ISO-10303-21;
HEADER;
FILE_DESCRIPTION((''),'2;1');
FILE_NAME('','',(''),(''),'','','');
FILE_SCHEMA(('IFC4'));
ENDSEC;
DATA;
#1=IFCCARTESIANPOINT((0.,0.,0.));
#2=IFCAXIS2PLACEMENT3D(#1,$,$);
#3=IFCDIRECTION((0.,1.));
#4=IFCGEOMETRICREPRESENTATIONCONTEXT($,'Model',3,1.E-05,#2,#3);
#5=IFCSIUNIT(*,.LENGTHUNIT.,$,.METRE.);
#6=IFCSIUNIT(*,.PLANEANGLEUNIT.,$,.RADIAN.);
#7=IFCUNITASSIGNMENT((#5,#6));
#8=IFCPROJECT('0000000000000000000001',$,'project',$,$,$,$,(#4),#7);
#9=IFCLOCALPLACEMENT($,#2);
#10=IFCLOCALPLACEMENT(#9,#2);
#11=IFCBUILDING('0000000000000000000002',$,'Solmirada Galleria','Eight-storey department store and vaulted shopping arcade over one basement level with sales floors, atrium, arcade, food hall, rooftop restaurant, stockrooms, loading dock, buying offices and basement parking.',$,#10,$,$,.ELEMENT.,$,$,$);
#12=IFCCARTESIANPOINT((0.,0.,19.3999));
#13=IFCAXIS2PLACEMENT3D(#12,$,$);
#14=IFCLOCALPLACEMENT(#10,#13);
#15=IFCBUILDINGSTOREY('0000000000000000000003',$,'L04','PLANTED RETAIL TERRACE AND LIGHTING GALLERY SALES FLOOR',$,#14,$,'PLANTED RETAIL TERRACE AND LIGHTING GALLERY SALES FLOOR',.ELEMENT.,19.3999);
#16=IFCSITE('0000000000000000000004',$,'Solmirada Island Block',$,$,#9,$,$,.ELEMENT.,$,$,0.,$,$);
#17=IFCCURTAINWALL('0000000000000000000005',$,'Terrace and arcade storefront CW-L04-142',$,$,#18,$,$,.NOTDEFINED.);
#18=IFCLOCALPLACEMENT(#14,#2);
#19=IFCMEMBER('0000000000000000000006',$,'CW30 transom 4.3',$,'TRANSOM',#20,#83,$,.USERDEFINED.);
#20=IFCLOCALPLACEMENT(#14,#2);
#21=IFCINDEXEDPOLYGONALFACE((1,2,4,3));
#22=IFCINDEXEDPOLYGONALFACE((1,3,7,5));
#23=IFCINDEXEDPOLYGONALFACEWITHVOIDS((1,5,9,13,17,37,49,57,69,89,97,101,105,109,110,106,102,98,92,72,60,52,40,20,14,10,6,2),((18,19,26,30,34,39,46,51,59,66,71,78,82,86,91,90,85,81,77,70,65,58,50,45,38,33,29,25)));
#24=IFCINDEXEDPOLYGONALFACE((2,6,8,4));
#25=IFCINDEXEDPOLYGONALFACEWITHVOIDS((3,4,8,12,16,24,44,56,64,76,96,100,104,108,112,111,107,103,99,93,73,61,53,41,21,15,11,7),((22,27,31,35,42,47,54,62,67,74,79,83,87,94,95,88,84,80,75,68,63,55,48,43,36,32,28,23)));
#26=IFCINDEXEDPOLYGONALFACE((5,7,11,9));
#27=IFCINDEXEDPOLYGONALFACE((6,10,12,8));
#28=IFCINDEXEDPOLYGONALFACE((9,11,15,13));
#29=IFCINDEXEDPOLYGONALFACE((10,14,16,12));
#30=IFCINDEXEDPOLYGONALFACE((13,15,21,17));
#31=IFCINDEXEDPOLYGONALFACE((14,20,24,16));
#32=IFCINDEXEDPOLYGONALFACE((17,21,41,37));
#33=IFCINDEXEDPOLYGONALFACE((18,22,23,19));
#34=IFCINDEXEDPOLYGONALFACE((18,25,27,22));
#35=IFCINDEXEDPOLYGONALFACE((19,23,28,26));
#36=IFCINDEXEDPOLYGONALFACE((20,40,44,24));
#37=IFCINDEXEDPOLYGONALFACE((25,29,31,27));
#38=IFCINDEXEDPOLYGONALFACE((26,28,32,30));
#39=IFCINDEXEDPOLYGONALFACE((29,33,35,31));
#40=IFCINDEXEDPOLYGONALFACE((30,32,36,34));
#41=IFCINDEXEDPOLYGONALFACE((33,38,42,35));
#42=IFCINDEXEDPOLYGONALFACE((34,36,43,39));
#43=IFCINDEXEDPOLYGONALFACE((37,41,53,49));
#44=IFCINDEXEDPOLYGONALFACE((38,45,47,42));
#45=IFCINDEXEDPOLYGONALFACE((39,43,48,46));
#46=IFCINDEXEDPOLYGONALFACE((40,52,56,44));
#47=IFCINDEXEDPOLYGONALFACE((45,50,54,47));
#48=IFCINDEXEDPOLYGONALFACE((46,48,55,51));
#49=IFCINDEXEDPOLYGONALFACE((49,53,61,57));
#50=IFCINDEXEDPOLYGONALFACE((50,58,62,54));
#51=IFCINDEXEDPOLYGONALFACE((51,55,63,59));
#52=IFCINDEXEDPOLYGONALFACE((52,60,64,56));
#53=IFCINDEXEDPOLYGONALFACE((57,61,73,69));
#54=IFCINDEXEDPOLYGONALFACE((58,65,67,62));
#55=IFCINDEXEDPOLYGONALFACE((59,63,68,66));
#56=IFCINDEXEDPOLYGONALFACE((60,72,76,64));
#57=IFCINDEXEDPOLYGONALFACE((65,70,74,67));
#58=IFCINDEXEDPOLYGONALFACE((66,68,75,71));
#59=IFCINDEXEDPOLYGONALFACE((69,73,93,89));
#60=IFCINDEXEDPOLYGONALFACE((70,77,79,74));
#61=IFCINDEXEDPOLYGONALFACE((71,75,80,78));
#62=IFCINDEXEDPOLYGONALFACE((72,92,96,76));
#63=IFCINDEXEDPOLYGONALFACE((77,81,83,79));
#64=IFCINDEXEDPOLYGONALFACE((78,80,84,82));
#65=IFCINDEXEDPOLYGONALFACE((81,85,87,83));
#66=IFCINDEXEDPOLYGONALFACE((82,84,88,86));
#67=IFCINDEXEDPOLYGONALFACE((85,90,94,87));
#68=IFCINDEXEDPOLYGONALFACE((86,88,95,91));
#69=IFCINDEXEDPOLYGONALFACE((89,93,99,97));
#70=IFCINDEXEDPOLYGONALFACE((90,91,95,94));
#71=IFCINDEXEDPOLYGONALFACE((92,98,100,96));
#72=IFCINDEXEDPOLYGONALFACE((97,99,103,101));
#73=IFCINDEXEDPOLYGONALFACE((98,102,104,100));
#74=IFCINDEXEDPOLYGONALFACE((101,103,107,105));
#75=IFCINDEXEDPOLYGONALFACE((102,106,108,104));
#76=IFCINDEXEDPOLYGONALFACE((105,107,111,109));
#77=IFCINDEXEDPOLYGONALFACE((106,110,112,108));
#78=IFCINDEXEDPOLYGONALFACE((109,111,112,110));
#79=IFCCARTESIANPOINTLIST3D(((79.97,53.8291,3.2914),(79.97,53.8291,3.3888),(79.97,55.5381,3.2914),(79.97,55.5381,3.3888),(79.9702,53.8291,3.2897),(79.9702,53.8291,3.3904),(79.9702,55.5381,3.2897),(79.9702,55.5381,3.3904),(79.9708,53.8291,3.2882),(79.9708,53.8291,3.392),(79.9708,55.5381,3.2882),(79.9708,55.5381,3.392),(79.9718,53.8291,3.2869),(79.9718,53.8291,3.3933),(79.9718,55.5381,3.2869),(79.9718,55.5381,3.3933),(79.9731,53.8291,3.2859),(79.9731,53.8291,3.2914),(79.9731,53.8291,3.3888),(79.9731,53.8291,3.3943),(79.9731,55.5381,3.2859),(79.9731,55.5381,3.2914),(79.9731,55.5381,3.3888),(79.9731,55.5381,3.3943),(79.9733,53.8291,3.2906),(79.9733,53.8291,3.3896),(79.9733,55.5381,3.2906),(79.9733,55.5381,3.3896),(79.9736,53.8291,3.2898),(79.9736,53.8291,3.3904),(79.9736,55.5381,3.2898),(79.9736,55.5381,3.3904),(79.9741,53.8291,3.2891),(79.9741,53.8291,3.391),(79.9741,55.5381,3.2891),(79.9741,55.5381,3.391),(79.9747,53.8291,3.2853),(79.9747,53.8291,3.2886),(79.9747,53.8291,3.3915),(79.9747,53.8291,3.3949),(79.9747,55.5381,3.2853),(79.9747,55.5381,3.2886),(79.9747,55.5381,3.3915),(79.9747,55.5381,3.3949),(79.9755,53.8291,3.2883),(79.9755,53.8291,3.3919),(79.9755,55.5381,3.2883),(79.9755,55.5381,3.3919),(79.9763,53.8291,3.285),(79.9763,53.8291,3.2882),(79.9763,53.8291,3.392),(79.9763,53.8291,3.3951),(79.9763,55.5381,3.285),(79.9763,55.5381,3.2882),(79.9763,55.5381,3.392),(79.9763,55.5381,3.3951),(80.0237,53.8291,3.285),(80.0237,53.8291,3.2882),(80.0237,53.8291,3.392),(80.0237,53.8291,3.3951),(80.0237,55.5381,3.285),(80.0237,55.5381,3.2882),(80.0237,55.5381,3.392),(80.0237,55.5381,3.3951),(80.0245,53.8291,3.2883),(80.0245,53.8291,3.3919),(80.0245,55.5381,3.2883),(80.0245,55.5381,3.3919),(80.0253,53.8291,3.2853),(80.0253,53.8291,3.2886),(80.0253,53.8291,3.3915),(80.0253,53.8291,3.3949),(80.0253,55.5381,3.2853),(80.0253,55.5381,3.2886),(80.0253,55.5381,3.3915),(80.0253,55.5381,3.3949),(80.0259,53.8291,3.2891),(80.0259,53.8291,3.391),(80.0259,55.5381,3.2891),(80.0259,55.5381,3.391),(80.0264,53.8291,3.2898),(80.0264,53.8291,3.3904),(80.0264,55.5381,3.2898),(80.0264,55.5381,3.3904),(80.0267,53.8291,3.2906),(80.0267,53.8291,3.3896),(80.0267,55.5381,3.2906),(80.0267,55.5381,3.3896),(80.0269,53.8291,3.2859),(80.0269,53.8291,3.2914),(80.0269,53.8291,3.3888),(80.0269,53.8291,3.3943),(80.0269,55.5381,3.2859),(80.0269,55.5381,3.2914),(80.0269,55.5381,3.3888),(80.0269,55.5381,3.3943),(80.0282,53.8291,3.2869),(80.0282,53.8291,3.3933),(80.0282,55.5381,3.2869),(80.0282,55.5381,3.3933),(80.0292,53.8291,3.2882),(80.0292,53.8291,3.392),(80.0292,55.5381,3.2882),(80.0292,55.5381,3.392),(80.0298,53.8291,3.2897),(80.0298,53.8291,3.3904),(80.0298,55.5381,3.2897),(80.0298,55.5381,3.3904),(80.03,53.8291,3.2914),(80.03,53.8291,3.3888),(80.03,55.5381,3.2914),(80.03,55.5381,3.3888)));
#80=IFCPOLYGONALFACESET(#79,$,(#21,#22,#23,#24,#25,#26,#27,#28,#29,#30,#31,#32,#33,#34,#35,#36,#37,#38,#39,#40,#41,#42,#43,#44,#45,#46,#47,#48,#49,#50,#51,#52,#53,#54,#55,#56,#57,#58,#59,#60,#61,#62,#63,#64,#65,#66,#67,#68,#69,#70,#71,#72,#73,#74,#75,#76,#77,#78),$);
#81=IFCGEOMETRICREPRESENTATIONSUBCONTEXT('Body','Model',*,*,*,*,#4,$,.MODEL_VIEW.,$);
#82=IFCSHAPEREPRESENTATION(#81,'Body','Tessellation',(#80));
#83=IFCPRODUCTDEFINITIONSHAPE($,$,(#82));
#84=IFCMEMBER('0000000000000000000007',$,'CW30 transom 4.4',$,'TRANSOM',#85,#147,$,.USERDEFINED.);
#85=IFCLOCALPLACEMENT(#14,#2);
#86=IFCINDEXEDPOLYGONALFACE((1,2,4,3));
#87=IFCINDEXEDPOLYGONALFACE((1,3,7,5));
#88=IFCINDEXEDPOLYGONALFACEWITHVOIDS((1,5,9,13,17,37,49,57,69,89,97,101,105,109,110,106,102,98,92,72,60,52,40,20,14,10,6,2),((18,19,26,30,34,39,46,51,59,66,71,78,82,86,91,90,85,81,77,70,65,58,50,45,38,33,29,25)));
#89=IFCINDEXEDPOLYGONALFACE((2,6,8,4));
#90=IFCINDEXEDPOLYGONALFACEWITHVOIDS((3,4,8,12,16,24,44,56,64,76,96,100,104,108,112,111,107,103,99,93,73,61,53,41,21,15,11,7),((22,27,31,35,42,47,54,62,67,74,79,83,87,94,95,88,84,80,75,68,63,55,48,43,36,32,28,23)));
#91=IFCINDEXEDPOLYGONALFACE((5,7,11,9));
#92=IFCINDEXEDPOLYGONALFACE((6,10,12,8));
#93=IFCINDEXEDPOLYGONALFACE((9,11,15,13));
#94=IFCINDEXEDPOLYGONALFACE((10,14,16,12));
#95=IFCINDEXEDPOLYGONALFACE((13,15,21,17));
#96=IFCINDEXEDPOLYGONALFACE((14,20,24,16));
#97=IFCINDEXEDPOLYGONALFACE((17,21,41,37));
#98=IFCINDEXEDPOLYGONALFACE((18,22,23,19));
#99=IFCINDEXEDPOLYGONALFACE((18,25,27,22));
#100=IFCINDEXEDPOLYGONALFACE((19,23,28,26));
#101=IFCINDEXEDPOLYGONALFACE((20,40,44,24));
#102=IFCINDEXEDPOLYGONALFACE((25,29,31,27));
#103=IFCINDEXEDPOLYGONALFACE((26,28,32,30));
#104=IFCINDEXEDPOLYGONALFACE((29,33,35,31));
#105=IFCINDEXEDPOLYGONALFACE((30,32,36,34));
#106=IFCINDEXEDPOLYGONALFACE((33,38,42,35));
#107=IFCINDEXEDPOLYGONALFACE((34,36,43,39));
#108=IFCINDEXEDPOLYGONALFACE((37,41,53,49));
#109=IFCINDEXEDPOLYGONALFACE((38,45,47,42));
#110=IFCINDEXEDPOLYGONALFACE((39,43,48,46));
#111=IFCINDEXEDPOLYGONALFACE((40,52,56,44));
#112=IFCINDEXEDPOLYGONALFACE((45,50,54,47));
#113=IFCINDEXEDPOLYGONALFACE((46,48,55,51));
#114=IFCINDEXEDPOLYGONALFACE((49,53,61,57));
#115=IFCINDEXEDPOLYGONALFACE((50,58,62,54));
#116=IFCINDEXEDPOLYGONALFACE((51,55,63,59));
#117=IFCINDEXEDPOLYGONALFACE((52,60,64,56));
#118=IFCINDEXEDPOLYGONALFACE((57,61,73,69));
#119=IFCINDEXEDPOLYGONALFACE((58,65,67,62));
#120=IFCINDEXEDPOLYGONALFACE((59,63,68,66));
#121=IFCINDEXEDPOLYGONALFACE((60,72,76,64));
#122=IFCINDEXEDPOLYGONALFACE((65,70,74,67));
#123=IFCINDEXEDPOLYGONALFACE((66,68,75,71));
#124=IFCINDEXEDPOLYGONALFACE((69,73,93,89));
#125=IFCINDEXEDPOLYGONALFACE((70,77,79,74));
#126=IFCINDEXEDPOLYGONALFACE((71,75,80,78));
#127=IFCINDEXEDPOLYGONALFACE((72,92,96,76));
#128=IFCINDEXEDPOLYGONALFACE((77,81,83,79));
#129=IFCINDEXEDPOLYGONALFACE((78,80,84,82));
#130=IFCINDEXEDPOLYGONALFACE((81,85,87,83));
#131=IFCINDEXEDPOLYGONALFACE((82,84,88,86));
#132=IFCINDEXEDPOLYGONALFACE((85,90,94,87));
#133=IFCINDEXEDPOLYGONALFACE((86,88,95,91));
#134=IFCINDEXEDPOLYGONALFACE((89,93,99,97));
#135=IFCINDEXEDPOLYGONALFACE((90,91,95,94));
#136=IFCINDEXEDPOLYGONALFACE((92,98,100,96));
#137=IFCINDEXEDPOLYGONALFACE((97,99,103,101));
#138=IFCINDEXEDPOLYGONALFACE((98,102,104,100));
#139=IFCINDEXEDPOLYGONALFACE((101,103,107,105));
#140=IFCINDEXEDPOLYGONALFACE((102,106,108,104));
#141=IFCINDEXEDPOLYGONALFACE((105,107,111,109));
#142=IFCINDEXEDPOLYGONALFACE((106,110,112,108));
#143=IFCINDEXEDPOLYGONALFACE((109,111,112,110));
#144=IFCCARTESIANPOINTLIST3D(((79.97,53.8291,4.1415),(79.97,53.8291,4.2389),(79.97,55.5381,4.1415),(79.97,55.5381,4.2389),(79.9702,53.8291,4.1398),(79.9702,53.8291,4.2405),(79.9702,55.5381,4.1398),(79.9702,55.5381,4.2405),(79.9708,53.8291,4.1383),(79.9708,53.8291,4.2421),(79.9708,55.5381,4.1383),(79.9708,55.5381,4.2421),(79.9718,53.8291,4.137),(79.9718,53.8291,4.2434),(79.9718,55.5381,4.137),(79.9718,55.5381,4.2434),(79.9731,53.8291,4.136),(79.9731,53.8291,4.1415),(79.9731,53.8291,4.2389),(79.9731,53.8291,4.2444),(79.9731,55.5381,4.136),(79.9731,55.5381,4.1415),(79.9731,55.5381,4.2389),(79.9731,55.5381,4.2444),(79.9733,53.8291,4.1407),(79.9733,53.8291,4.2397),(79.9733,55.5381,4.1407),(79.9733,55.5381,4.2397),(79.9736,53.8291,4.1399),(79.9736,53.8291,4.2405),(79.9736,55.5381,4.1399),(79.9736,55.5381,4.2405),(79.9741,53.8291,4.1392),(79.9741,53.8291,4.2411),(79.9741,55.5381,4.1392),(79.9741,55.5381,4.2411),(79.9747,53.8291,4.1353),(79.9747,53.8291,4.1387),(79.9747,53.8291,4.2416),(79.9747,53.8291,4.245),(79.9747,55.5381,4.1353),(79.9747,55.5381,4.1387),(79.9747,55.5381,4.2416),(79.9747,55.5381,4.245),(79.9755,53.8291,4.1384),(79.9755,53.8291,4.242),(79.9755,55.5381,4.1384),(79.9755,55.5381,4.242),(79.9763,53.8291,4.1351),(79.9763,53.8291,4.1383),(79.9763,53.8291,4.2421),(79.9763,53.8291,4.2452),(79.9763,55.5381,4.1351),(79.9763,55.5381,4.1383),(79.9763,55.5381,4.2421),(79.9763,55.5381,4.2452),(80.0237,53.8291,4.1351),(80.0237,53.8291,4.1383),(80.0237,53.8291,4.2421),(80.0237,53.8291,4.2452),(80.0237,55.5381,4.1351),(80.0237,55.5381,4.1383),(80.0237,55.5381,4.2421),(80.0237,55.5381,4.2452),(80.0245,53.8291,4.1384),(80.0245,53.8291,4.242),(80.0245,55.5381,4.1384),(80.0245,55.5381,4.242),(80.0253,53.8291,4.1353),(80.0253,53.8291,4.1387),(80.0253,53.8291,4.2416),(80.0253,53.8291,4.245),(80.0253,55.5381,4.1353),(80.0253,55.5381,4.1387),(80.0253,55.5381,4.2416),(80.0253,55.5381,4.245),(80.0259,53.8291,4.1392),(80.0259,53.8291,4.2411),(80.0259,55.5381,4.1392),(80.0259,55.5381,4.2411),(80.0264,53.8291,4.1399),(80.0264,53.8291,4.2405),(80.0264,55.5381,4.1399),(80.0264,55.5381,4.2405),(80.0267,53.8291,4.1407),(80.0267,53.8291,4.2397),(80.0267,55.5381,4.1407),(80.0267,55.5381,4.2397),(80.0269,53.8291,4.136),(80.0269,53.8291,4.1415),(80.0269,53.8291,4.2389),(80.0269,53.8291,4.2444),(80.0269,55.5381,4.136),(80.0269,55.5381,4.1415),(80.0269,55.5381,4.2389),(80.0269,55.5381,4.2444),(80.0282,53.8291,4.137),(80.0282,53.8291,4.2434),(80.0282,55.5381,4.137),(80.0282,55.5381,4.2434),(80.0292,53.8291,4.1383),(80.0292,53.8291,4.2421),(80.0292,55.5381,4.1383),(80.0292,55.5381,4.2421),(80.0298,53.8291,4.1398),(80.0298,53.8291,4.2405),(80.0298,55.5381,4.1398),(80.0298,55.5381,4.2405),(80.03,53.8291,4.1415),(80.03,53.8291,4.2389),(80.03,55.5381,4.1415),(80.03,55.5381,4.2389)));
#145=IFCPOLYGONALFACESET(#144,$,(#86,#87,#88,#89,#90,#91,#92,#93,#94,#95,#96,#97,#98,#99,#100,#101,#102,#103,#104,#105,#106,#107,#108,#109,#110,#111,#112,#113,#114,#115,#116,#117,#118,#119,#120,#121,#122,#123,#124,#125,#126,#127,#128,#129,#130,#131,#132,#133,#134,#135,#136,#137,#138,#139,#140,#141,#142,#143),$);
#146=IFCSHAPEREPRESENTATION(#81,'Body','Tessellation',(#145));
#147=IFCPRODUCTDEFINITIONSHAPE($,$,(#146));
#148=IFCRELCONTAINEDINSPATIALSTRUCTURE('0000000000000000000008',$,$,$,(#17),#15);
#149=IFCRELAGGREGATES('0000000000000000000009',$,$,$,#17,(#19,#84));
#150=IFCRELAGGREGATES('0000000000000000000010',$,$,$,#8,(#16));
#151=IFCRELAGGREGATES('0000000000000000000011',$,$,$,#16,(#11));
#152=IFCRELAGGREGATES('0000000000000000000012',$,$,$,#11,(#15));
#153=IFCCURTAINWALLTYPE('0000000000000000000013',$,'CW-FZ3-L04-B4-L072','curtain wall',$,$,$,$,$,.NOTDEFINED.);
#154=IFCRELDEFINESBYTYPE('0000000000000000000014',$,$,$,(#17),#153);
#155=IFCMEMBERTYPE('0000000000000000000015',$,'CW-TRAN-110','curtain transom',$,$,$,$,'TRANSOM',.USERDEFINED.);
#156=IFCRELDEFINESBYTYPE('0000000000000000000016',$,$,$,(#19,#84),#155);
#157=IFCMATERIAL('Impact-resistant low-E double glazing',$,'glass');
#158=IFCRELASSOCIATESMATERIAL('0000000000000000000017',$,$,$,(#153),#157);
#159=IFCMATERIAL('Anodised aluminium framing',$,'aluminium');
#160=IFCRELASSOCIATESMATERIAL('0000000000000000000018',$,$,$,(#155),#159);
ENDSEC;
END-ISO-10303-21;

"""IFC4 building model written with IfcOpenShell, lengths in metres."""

from ifc_helpers import new_model, si_unit, direction, frame, origin, origin_2d, place, context, subcontext, project, spatial, hollow_rectangle, extrude, material, material_profile, profile_set, type_object, element, aggregate, save


model = new_model("IFC4")

# Units and contexts
model_context = context("Model", 3, precision=1e-05, world=origin(), true_north=direction((0.0, 1.0)))
body_context = subcontext(model_context, "Body", "Model", "MODEL_VIEW")
ifc_project = project(units=[si_unit("LENGTHUNIT", "METRE"), si_unit("PLANEANGLEUNIT", "RADIAN")], contexts=[model_context])

# Site, building, storey
site_placement = place(None, origin())
site = spatial("IfcSite", under=ifc_project, at=site_placement, Name="Solmirada Island Block", CompositionType="ELEMENT", RefElevation=0.0)
building_placement = place(site_placement, origin())
building = spatial("IfcBuilding", under=site, at=building_placement, Name="Solmirada Galleria", Description="Eight-storey department store and vaulted shopping arcade over one basement level with sales floors, atrium, arcade, food hall, rooftop restaurant, stockrooms, loading dock, buying offices and basement parking.", CompositionType="ELEMENT")
storey_placement = place(building_placement, frame((0.0, 0.0, 19.3999)))
storey = spatial("IfcBuildingStorey", under=building, at=storey_placement, Name="L04", Description="PLANTED RETAIL TERRACE AND LIGHTING GALLERY SALES FLOOR", LongName="PLANTED RETAIL TERRACE AND LIGHTING GALLERY SALES FLOOR", CompositionType="ELEMENT", Elevation=19.3999)

# Curtain wall
ifc_material_1 = material(Name="Impact-resistant low-E double glazing", Category="glass")
curtain_wall_type = type_object("IfcCurtainWallType", Name="CW-FZ3-L04-B4-L072", Description="curtain wall", PredefinedType="NOTDEFINED", material=ifc_material_1)
curtain_wall_1_placement = place(storey_placement, origin())
curtain_wall_1 = element("IfcCurtainWall", 1, at=curtain_wall_1_placement, inside=storey, type_object=curtain_wall_type, Name="Terrace and arcade storefront CW-L04-142", PredefinedType="NOTDEFINED")
ifc_material_2 = material(Name="Anodised aluminium framing", Category="aluminium")

# Members
ifc_material_profile_1 = material_profile(ifc_material_2, hollow_rectangle(XDim=0.0601, YDim=0.1101, WallThickness=0.0032, InnerFilletRadius=0.0032, OuterFilletRadius=0.0063, at=origin_2d()), Name="ALU-TRAN-110X60")
ifc_profile_set_1 = profile_set([ifc_material_profile_1], Name="Anodised aluminium framing")
member_type_1 = type_object("IfcMemberType", Name="CW-TRAN-110", Description="curtain transom", ElementType="TRANSOM", PredefinedType="USERDEFINED", material=ifc_profile_set_1)
member_1_placement = place(storey_placement, frame((80.0, 53.8291, 3.3401), z_axis=(0.0, 1.0, 0.0), x_axis=(-1.0, 0.0, 0.0)))
member_1 = element("IfcMember", 2, at=member_1_placement, type_object=member_type_1, Name="CW30 transom 4.3", ObjectType="TRANSOM", PredefinedType="USERDEFINED", context=body_context, shape_type="SweptSolid", body=[
    extrude(hollow_rectangle(XDim=0.0601, YDim=0.1101, WallThickness=0.0032, InnerFilletRadius=0.0032, OuterFilletRadius=0.0063, at=origin_2d()), origin(), (0.0, 0.0, 1.0), 1.709),
])
member_2_placement = place(storey_placement, frame((80.0, 53.8291, 4.1902), z_axis=(0.0, 1.0, 0.0), x_axis=(-1.0, 0.0, 0.0)))
member_2 = element("IfcMember", 3, at=member_2_placement, type_object=member_type_1, Name="CW30 transom 4.4", ObjectType="TRANSOM", PredefinedType="USERDEFINED", context=body_context, shape_type="SweptSolid", body=[
    extrude(hollow_rectangle(XDim=0.0601, YDim=0.1101, WallThickness=0.0032, InnerFilletRadius=0.0032, OuterFilletRadius=0.0063, at=origin_2d()), origin(), (0.0, 0.0, 1.0), 1.709),
])

aggregate(curtain_wall_1, [member_1, member_2])

save(model, "model.ifc")
